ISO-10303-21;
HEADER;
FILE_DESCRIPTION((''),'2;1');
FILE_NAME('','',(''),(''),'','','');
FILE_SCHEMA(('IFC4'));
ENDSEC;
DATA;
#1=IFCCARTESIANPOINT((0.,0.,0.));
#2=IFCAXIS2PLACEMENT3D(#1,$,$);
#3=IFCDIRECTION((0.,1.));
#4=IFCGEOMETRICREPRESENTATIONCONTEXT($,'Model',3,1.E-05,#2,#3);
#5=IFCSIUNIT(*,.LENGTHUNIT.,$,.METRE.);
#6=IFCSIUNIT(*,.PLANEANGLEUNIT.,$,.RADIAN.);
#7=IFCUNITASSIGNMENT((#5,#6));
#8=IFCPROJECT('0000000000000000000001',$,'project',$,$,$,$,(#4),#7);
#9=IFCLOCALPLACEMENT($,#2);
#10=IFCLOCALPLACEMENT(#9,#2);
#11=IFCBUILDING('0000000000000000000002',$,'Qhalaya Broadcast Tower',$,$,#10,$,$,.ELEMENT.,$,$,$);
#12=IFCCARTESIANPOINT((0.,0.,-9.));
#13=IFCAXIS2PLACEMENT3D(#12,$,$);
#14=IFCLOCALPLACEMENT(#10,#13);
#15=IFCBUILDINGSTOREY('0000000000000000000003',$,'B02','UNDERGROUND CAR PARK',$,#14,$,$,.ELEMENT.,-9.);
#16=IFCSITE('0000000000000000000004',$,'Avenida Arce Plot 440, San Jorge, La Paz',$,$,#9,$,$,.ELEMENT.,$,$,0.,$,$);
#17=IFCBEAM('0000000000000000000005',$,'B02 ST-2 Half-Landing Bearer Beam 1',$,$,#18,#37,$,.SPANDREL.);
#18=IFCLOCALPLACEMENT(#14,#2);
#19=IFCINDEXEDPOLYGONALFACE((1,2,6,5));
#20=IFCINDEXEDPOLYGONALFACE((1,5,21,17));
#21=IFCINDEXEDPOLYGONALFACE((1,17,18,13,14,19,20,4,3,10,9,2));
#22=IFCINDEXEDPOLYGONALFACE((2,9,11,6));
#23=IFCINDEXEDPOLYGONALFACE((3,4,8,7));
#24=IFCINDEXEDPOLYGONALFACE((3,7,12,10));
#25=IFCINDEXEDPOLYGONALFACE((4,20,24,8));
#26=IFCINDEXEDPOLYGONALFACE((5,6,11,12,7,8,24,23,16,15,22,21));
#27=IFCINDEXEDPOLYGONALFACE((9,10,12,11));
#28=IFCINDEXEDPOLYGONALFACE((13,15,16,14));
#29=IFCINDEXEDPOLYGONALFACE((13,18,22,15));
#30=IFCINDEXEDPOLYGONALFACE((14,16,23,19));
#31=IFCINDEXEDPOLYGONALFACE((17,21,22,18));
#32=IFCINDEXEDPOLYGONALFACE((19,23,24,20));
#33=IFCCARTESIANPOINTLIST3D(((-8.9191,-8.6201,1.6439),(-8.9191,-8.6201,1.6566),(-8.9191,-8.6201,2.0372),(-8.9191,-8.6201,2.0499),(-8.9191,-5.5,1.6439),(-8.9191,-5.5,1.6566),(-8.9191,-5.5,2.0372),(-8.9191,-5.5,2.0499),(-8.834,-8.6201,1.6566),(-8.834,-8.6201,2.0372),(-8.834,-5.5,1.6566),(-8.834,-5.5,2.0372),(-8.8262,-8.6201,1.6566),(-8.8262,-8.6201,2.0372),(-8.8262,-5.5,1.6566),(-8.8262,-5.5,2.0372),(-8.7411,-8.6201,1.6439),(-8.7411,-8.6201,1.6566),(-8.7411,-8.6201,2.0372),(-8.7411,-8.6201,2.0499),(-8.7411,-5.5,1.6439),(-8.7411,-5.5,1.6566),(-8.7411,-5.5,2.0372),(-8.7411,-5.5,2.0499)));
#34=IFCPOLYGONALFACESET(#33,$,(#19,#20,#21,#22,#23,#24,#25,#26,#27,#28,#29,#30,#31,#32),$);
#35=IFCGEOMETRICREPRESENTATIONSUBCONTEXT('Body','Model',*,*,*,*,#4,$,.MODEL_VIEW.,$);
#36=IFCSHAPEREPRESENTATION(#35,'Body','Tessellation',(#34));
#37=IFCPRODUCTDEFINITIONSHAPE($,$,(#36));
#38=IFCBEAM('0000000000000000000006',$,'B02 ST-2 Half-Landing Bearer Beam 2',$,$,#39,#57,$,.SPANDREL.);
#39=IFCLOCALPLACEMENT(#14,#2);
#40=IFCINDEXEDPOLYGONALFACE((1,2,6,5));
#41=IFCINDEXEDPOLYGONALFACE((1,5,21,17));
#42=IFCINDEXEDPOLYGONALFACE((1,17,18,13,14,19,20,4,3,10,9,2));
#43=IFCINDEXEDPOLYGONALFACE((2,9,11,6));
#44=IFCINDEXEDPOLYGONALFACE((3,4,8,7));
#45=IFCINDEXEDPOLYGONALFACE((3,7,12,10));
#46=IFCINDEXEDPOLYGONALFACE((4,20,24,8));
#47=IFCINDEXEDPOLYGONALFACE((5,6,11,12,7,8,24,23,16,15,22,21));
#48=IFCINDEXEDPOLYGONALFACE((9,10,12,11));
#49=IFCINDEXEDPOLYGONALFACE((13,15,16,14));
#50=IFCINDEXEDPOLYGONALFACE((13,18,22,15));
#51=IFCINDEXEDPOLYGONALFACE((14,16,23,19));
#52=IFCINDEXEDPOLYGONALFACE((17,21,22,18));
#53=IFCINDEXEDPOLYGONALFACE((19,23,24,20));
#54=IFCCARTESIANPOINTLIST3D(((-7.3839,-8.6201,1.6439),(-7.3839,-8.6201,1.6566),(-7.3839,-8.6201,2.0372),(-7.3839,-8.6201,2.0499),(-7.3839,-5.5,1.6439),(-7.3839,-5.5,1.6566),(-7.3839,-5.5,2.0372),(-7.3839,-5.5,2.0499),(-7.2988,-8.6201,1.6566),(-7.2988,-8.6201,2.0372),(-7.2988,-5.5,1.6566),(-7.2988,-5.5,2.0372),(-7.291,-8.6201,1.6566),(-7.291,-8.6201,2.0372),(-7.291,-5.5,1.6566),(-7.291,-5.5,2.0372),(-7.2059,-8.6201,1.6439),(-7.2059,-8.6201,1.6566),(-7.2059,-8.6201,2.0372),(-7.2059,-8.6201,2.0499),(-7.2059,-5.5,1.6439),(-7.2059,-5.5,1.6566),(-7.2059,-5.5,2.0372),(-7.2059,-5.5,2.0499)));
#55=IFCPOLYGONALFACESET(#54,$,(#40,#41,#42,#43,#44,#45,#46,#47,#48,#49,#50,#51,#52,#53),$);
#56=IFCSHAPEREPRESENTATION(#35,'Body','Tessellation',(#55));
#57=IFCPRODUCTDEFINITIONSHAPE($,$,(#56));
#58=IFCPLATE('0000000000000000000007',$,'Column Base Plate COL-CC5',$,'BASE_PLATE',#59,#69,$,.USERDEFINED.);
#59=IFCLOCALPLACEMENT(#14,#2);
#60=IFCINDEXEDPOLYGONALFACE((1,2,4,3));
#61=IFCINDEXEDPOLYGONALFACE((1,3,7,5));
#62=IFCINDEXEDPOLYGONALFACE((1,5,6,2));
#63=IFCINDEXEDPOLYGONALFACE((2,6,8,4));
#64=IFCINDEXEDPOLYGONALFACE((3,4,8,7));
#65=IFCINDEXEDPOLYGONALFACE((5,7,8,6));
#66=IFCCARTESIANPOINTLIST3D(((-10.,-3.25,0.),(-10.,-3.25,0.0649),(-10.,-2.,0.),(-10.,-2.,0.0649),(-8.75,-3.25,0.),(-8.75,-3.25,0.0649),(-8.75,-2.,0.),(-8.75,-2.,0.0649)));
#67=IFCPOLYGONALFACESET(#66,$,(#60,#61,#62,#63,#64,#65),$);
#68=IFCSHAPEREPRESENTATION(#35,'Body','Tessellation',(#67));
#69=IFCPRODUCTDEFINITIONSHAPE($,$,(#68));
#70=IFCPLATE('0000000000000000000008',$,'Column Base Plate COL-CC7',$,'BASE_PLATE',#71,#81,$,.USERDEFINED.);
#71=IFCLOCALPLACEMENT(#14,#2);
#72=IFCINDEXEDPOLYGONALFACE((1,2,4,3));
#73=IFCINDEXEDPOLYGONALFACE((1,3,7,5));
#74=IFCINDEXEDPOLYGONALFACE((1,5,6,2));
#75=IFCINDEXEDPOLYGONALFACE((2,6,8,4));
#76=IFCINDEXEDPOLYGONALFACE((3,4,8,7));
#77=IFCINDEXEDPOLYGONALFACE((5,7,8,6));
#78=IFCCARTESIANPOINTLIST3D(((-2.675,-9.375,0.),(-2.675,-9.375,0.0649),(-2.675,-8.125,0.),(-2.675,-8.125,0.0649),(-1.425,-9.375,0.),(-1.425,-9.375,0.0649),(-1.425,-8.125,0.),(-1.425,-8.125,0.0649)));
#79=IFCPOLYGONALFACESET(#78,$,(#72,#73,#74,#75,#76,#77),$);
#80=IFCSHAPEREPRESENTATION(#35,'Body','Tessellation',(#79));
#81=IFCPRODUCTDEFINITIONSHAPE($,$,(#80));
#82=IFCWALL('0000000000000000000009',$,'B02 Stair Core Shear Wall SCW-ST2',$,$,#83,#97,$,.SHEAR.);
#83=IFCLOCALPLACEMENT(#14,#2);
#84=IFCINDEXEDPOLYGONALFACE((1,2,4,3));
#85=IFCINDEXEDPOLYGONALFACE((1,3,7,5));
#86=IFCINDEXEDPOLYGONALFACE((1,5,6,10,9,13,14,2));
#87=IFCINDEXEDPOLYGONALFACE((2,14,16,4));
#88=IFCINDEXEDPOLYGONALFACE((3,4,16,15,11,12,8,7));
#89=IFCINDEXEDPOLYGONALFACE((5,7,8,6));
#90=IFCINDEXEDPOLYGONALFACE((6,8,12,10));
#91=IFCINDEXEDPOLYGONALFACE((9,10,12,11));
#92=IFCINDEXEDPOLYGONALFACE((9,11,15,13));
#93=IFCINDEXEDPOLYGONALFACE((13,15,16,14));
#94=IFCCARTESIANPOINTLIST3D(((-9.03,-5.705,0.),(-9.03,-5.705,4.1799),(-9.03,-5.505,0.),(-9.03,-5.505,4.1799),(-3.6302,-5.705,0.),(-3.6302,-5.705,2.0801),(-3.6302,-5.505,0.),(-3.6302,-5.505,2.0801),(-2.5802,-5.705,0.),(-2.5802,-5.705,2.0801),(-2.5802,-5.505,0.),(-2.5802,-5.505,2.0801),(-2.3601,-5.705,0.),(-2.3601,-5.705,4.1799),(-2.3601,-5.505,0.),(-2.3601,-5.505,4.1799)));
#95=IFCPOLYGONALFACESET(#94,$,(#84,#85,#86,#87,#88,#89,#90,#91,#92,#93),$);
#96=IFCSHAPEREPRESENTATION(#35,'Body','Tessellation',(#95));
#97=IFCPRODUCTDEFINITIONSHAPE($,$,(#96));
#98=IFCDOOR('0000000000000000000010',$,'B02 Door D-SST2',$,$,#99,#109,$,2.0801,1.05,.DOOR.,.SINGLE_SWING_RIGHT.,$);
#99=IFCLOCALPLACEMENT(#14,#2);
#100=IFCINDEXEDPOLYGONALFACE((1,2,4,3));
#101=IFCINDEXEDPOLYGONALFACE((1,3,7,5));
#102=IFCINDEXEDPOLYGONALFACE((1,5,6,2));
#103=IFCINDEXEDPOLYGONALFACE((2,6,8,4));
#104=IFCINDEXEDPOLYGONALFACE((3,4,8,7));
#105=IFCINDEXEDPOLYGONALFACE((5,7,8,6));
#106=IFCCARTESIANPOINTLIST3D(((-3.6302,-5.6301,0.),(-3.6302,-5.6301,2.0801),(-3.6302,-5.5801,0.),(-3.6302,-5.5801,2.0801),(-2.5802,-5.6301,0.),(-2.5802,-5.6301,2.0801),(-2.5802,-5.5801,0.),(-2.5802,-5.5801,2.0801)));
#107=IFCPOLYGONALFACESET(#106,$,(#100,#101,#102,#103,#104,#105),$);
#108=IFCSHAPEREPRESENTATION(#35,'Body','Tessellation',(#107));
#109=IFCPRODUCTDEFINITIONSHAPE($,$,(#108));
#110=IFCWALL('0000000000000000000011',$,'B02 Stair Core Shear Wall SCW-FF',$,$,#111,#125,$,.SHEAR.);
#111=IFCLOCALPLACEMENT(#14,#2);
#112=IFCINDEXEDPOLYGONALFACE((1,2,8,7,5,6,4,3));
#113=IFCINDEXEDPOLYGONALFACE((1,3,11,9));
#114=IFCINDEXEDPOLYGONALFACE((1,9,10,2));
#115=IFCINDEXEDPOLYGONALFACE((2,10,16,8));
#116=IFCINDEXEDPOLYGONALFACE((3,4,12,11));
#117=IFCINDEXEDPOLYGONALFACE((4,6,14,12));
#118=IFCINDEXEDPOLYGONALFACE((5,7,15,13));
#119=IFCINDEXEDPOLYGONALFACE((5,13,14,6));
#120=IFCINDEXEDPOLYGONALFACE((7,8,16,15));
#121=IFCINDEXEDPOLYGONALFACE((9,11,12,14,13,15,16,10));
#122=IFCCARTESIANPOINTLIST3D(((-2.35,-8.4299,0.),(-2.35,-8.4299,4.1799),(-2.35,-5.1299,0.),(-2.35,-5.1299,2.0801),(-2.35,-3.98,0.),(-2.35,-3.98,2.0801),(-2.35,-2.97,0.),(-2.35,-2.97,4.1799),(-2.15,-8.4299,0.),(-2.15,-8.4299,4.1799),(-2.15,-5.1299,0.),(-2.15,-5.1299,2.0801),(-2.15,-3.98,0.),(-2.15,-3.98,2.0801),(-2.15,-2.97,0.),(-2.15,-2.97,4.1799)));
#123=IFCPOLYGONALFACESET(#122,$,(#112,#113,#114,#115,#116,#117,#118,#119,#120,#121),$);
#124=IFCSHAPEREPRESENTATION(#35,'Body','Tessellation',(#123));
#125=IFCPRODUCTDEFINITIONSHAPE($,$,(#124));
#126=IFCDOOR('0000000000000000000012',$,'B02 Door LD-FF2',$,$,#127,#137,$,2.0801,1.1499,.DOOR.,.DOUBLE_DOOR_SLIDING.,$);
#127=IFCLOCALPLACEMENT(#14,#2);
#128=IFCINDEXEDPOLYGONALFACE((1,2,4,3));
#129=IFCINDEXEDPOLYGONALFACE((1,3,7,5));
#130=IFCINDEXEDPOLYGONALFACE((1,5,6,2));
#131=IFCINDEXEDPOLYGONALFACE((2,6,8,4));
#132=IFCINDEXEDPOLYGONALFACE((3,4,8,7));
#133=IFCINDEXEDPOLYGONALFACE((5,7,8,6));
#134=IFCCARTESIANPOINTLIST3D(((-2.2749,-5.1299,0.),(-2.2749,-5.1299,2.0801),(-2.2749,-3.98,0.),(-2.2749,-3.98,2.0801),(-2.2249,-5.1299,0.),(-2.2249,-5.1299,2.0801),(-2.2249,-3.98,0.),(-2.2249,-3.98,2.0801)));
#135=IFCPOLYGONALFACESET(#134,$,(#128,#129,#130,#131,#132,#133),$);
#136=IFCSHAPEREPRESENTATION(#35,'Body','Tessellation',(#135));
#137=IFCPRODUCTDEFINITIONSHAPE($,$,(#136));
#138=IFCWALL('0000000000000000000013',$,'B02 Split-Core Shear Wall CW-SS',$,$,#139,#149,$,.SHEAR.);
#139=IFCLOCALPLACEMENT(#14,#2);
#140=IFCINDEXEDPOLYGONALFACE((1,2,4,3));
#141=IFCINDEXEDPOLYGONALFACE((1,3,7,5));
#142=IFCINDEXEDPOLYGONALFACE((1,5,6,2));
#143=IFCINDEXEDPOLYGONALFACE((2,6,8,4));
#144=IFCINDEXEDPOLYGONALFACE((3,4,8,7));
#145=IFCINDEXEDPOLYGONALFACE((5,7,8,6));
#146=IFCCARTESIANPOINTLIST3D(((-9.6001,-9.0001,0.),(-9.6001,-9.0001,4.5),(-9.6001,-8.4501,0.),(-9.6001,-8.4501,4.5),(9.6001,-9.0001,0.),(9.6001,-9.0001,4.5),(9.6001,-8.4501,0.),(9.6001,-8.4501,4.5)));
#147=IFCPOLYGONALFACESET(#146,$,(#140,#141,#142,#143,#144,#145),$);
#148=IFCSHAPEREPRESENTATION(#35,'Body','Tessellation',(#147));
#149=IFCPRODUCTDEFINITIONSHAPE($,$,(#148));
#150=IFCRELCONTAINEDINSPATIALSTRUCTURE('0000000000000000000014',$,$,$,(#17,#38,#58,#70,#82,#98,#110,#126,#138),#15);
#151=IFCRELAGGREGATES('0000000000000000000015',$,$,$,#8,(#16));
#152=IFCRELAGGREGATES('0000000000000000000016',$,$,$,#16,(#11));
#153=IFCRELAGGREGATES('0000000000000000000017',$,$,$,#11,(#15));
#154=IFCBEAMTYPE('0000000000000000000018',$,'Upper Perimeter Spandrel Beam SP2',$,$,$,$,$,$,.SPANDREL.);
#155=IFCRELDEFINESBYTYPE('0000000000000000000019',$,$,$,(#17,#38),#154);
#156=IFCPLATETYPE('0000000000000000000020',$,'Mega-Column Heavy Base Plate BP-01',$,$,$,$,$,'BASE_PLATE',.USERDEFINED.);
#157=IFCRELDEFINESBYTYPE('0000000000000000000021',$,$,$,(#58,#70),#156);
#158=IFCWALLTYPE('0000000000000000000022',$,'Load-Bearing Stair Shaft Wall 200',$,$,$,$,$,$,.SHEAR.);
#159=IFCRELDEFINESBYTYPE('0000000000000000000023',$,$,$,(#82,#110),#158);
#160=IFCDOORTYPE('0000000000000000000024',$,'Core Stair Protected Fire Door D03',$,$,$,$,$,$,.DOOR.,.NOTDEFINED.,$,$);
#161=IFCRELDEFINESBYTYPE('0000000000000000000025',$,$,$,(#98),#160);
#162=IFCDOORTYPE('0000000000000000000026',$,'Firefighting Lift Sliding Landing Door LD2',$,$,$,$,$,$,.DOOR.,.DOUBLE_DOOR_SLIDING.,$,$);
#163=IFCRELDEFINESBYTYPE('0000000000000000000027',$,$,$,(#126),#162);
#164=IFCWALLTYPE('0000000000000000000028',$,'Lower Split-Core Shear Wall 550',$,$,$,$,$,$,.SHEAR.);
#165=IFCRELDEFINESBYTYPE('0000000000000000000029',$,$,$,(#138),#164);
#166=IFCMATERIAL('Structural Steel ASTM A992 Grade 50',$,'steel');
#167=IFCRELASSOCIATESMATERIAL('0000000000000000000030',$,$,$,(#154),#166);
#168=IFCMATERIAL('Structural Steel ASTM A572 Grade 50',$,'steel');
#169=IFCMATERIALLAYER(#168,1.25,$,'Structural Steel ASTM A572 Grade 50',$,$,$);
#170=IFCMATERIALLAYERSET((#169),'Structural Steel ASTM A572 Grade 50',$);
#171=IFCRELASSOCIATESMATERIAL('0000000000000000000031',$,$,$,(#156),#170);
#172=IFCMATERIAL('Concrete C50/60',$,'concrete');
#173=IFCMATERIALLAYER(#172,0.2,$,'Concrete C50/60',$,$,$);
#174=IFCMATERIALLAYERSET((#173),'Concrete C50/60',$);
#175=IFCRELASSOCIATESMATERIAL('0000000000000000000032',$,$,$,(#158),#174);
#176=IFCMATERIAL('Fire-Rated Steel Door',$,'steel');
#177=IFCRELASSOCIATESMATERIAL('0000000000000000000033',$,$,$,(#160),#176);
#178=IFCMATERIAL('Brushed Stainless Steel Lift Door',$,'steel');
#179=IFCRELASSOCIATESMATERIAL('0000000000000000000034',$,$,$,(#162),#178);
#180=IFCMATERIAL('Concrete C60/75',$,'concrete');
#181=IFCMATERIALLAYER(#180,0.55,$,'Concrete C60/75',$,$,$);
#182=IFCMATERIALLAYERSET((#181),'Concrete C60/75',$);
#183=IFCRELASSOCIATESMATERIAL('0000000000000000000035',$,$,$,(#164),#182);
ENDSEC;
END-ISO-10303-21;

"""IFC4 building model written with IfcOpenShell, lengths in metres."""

from ifc_helpers import new_model, si_unit, direction, frame, frame_2d, origin, origin_2d, place, context, subcontext, project, spatial, rectangle, i_section, extrude, material, layer, layer_set, material_profile, profile_set, type_object, element, fill, save


model = new_model("IFC4")

# Units and contexts
model_context = context("Model", 3, precision=1e-05, world=origin(), true_north=direction((0.0, 1.0)))
body_context = subcontext(model_context, "Body", "Model", "MODEL_VIEW")
ifc_project = project(units=[si_unit("LENGTHUNIT", "METRE"), si_unit("PLANEANGLEUNIT", "RADIAN")], contexts=[model_context])

# Site, building, storey
site_placement = place(None, origin())
site = spatial("IfcSite", under=ifc_project, at=site_placement, Name="Avenida Arce Plot 440, San Jorge, La Paz", CompositionType="ELEMENT", RefElevation=0.0)
building_placement = place(site_placement, origin())
building = spatial("IfcBuilding", under=site, at=building_placement, Name="Qhalaya Broadcast Tower", CompositionType="ELEMENT")
storey_placement = place(building_placement, frame((0.0, 0.0, -9.0)))
storey = spatial("IfcBuildingStorey", under=building, at=storey_placement, Name="B02", Description="UNDERGROUND CAR PARK", CompositionType="ELEMENT", Elevation=-9.0)

# Shared definitions
ifc_material_1 = material(Name="Concrete C60/75", Category="concrete")

# Beams
ifc_material_2 = material(Name="Structural Steel ASTM A992 Grade 50", Category="steel")
ifc_material_profile_1 = material_profile(ifc_material_2, i_section(OverallWidth=0.178, OverallDepth=0.406, WebThickness=0.0078, FlangeThickness=0.0127, at=origin_2d()), Name="W16X40")
ifc_profile_set_1 = profile_set([ifc_material_profile_1], Name="Structural Steel ASTM A992 Grade 50")
beam_type = type_object("IfcBeamType", Name="Upper Perimeter Spandrel Beam SP2", PredefinedType="SPANDREL", material=ifc_profile_set_1)
for number, where, z_axis, x_axis, name in (
    (1, (-8.8301, -8.6201, 1.8469), (0.0, 1.0, 0.0), (-1.0, 0.0, 0.0), "B02 ST-2 Half-Landing Bearer Beam 1"),
    (2, (-7.2949, -8.6201, 1.8469), (0.0, 1.0, 0.0), (-1.0, 0.0, 0.0), "B02 ST-2 Half-Landing Bearer Beam 2"),
):
    element("IfcBeam", number, at=place(storey_placement, frame(where, z_axis=z_axis, x_axis=x_axis)), inside=storey, type_object=beam_type, Name=name, PredefinedType="SPANDREL", context=body_context, shape_type="SweptSolid", body=[
        extrude(i_section(OverallWidth=0.178, OverallDepth=0.406, WebThickness=0.0078, FlangeThickness=0.0127, at=origin_2d()), origin(), (0.0, 0.0, 1.0), 3.1201),
    ])

# Plates
ifc_material_3 = material(Name="Structural Steel ASTM A572 Grade 50", Category="steel")
ifc_layer_1 = layer(ifc_material_3, 1.25, Name="Structural Steel ASTM A572 Grade 50")
ifc_layer_set_1 = layer_set([ifc_layer_1], Name="Structural Steel ASTM A572 Grade 50")
plate_type = type_object("IfcPlateType", Name="Mega-Column Heavy Base Plate BP-01", ElementType="BASE_PLATE", PredefinedType="USERDEFINED", material=ifc_layer_set_1)
for number, where, z_axis, x_axis, name in (
    (3, (-9.375, -2.625, 0.0), (0.0, 0.0, 1.0), (1.0, 0.0, 0.0), "Column Base Plate COL-CC5"),
    (4, (-2.05, -8.75, 0.0), (0.0, 0.0, 1.0), (1.0, 0.0, 0.0), "Column Base Plate COL-CC7"),
):
    element("IfcPlate", number, at=place(storey_placement, frame(where, z_axis=z_axis, x_axis=x_axis)), inside=storey, type_object=plate_type, Name=name, ObjectType="BASE_PLATE", PredefinedType="USERDEFINED", context=body_context, shape_type="SweptSolid", body=[
        extrude(rectangle(XDim=1.25, YDim=1.25, at=origin_2d()), origin(), (0.0, 0.0, 1.0), 0.0649),
    ])

# Walls, openings, doors
ifc_material_4 = material(Name="Concrete C50/60", Category="concrete")
ifc_layer_2 = layer(ifc_material_4, 0.2, Name="Concrete C50/60")
ifc_layer_set_2 = layer_set([ifc_layer_2], Name="Concrete C50/60")
wall_type_1 = type_object("IfcWallType", Name="Load-Bearing Stair Shaft Wall 200", PredefinedType="SHEAR", material=ifc_layer_set_2)
wall_1_placement = place(storey_placement, frame((-9.03, -5.605, 0.0), z_axis=(0.0, 0.0, 1.0), x_axis=(1.0, 0.0, 0.0)))
wall_1 = element("IfcWall", 5, at=wall_1_placement, inside=storey, type_object=wall_type_1, Name="B02 Stair Core Shear Wall SCW-ST2", PredefinedType="SHEAR", context=body_context, shape_type="SweptSolid", body=[
    extrude(rectangle(XDim=6.6699, YDim=0.2, at=frame_2d((3.335, 0.0))), origin(), (0.0, 0.0, 1.0), 4.1799),
])
opening_1_placement = place(wall_1_placement, frame((5.3999, 0.0, 0.0)))
opening_1 = element("IfcOpeningElement", 6, at=opening_1_placement, cuts=wall_1, PredefinedType="OPENING", context=body_context, shape_type="SweptSolid", body=[
    extrude(rectangle(XDim=1.05, YDim=2.0801, at=frame_2d((0.5249, 1.04))), frame((0.0, 0.1121, 0.0), z_axis=(0.0, -1.0, 0.0), x_axis=(1.0, 0.0, 0.0)), (0.0, 0.0, 1.0), 0.2239),
])
ifc_material_5 = material(Name="Fire-Rated Steel Door", Category="steel")
door_type_1 = type_object("IfcDoorType", Name="Core Stair Protected Fire Door D03", OperationType="NOTDEFINED", PredefinedType="DOOR", material=ifc_material_5)
door_1_placement = place(opening_1_placement, origin())
door_1 = element("IfcDoor", 7, at=door_1_placement, inside=storey, type_object=door_type_1, Name="B02 Door D-SST2", OperationType="SINGLE_SWING_RIGHT", OverallHeight=2.0801, OverallWidth=1.05, PredefinedType="DOOR", context=body_context, shape_type="SweptSolid", body=[
    extrude(rectangle(XDim=1.05, YDim=2.0801, at=frame_2d((0.5249, 1.04))), frame((0.0, 0.0249, 0.0), z_axis=(0.0, -1.0, 0.0), x_axis=(1.0, 0.0, 0.0)), (0.0, 0.0, 1.0), 0.05),
])
fill(opening_1, door_1)
wall_2_placement = place(storey_placement, frame((-2.25, -8.4299, 0.0), z_axis=(0.0, 0.0, 1.0), x_axis=(0.0, 1.0, 0.0)))
wall_2 = element("IfcWall", 8, at=wall_2_placement, inside=storey, type_object=wall_type_1, Name="B02 Stair Core Shear Wall SCW-FF", PredefinedType="SHEAR", context=body_context, shape_type="SweptSolid", body=[
    extrude(rectangle(XDim=5.46, YDim=0.2, at=frame_2d((2.73, 0.0))), origin(), (0.0, 0.0, 1.0), 4.1799),
])
opening_2_placement = place(wall_2_placement, frame((3.3, 0.0, 0.0)))
opening_2 = element("IfcOpeningElement", 9, at=opening_2_placement, cuts=wall_2, PredefinedType="OPENING", context=body_context, shape_type="SweptSolid", body=[
    extrude(rectangle(XDim=1.1499, YDim=2.0801, at=frame_2d((0.575, 1.04))), frame((0.0, 0.1121, 0.0), z_axis=(0.0, -1.0, 0.0), x_axis=(1.0, 0.0, 0.0)), (0.0, 0.0, 1.0), 0.2239),
])
ifc_material_6 = material(Name="Brushed Stainless Steel Lift Door", Category="steel")
door_type_2 = type_object("IfcDoorType", Name="Firefighting Lift Sliding Landing Door LD2", OperationType="DOUBLE_DOOR_SLIDING", PredefinedType="DOOR", material=ifc_material_6)
door_2_placement = place(opening_2_placement, origin())
door_2 = element("IfcDoor", 10, at=door_2_placement, inside=storey, type_object=door_type_2, Name="B02 Door LD-FF2", OperationType="DOUBLE_DOOR_SLIDING", OverallHeight=2.0801, OverallWidth=1.1499, PredefinedType="DOOR", context=body_context, shape_type="SweptSolid", body=[
    extrude(rectangle(XDim=1.1499, YDim=2.0801, at=frame_2d((0.575, 1.04))), frame((0.0, 0.0249, 0.0), z_axis=(0.0, -1.0, 0.0), x_axis=(1.0, 0.0, 0.0)), (0.0, 0.0, 1.0), 0.05),
])
fill(opening_2, door_2)

# Wall
ifc_layer_3 = layer(ifc_material_1, 0.55, Name="Concrete C60/75")
ifc_layer_set_3 = layer_set([ifc_layer_3], Name="Concrete C60/75")
wall_type_2 = type_object("IfcWallType", Name="Lower Split-Core Shear Wall 550", PredefinedType="SHEAR", material=ifc_layer_set_3)
wall_3_placement = place(storey_placement, frame((-9.6001, -8.7251, 0.0), z_axis=(0.0, 0.0, 1.0), x_axis=(1.0, 0.0, 0.0)))
element("IfcWall", 11, at=wall_3_placement, inside=storey, type_object=wall_type_2, Name="B02 Split-Core Shear Wall CW-SS", PredefinedType="SHEAR", context=body_context, shape_type="SweptSolid", body=[
    extrude(rectangle(XDim=19.2002, YDim=0.55, at=frame_2d((9.6001, 0.0))), origin(), (0.0, 0.0, 1.0), 4.5),
])

save(model, "model.ifc")
